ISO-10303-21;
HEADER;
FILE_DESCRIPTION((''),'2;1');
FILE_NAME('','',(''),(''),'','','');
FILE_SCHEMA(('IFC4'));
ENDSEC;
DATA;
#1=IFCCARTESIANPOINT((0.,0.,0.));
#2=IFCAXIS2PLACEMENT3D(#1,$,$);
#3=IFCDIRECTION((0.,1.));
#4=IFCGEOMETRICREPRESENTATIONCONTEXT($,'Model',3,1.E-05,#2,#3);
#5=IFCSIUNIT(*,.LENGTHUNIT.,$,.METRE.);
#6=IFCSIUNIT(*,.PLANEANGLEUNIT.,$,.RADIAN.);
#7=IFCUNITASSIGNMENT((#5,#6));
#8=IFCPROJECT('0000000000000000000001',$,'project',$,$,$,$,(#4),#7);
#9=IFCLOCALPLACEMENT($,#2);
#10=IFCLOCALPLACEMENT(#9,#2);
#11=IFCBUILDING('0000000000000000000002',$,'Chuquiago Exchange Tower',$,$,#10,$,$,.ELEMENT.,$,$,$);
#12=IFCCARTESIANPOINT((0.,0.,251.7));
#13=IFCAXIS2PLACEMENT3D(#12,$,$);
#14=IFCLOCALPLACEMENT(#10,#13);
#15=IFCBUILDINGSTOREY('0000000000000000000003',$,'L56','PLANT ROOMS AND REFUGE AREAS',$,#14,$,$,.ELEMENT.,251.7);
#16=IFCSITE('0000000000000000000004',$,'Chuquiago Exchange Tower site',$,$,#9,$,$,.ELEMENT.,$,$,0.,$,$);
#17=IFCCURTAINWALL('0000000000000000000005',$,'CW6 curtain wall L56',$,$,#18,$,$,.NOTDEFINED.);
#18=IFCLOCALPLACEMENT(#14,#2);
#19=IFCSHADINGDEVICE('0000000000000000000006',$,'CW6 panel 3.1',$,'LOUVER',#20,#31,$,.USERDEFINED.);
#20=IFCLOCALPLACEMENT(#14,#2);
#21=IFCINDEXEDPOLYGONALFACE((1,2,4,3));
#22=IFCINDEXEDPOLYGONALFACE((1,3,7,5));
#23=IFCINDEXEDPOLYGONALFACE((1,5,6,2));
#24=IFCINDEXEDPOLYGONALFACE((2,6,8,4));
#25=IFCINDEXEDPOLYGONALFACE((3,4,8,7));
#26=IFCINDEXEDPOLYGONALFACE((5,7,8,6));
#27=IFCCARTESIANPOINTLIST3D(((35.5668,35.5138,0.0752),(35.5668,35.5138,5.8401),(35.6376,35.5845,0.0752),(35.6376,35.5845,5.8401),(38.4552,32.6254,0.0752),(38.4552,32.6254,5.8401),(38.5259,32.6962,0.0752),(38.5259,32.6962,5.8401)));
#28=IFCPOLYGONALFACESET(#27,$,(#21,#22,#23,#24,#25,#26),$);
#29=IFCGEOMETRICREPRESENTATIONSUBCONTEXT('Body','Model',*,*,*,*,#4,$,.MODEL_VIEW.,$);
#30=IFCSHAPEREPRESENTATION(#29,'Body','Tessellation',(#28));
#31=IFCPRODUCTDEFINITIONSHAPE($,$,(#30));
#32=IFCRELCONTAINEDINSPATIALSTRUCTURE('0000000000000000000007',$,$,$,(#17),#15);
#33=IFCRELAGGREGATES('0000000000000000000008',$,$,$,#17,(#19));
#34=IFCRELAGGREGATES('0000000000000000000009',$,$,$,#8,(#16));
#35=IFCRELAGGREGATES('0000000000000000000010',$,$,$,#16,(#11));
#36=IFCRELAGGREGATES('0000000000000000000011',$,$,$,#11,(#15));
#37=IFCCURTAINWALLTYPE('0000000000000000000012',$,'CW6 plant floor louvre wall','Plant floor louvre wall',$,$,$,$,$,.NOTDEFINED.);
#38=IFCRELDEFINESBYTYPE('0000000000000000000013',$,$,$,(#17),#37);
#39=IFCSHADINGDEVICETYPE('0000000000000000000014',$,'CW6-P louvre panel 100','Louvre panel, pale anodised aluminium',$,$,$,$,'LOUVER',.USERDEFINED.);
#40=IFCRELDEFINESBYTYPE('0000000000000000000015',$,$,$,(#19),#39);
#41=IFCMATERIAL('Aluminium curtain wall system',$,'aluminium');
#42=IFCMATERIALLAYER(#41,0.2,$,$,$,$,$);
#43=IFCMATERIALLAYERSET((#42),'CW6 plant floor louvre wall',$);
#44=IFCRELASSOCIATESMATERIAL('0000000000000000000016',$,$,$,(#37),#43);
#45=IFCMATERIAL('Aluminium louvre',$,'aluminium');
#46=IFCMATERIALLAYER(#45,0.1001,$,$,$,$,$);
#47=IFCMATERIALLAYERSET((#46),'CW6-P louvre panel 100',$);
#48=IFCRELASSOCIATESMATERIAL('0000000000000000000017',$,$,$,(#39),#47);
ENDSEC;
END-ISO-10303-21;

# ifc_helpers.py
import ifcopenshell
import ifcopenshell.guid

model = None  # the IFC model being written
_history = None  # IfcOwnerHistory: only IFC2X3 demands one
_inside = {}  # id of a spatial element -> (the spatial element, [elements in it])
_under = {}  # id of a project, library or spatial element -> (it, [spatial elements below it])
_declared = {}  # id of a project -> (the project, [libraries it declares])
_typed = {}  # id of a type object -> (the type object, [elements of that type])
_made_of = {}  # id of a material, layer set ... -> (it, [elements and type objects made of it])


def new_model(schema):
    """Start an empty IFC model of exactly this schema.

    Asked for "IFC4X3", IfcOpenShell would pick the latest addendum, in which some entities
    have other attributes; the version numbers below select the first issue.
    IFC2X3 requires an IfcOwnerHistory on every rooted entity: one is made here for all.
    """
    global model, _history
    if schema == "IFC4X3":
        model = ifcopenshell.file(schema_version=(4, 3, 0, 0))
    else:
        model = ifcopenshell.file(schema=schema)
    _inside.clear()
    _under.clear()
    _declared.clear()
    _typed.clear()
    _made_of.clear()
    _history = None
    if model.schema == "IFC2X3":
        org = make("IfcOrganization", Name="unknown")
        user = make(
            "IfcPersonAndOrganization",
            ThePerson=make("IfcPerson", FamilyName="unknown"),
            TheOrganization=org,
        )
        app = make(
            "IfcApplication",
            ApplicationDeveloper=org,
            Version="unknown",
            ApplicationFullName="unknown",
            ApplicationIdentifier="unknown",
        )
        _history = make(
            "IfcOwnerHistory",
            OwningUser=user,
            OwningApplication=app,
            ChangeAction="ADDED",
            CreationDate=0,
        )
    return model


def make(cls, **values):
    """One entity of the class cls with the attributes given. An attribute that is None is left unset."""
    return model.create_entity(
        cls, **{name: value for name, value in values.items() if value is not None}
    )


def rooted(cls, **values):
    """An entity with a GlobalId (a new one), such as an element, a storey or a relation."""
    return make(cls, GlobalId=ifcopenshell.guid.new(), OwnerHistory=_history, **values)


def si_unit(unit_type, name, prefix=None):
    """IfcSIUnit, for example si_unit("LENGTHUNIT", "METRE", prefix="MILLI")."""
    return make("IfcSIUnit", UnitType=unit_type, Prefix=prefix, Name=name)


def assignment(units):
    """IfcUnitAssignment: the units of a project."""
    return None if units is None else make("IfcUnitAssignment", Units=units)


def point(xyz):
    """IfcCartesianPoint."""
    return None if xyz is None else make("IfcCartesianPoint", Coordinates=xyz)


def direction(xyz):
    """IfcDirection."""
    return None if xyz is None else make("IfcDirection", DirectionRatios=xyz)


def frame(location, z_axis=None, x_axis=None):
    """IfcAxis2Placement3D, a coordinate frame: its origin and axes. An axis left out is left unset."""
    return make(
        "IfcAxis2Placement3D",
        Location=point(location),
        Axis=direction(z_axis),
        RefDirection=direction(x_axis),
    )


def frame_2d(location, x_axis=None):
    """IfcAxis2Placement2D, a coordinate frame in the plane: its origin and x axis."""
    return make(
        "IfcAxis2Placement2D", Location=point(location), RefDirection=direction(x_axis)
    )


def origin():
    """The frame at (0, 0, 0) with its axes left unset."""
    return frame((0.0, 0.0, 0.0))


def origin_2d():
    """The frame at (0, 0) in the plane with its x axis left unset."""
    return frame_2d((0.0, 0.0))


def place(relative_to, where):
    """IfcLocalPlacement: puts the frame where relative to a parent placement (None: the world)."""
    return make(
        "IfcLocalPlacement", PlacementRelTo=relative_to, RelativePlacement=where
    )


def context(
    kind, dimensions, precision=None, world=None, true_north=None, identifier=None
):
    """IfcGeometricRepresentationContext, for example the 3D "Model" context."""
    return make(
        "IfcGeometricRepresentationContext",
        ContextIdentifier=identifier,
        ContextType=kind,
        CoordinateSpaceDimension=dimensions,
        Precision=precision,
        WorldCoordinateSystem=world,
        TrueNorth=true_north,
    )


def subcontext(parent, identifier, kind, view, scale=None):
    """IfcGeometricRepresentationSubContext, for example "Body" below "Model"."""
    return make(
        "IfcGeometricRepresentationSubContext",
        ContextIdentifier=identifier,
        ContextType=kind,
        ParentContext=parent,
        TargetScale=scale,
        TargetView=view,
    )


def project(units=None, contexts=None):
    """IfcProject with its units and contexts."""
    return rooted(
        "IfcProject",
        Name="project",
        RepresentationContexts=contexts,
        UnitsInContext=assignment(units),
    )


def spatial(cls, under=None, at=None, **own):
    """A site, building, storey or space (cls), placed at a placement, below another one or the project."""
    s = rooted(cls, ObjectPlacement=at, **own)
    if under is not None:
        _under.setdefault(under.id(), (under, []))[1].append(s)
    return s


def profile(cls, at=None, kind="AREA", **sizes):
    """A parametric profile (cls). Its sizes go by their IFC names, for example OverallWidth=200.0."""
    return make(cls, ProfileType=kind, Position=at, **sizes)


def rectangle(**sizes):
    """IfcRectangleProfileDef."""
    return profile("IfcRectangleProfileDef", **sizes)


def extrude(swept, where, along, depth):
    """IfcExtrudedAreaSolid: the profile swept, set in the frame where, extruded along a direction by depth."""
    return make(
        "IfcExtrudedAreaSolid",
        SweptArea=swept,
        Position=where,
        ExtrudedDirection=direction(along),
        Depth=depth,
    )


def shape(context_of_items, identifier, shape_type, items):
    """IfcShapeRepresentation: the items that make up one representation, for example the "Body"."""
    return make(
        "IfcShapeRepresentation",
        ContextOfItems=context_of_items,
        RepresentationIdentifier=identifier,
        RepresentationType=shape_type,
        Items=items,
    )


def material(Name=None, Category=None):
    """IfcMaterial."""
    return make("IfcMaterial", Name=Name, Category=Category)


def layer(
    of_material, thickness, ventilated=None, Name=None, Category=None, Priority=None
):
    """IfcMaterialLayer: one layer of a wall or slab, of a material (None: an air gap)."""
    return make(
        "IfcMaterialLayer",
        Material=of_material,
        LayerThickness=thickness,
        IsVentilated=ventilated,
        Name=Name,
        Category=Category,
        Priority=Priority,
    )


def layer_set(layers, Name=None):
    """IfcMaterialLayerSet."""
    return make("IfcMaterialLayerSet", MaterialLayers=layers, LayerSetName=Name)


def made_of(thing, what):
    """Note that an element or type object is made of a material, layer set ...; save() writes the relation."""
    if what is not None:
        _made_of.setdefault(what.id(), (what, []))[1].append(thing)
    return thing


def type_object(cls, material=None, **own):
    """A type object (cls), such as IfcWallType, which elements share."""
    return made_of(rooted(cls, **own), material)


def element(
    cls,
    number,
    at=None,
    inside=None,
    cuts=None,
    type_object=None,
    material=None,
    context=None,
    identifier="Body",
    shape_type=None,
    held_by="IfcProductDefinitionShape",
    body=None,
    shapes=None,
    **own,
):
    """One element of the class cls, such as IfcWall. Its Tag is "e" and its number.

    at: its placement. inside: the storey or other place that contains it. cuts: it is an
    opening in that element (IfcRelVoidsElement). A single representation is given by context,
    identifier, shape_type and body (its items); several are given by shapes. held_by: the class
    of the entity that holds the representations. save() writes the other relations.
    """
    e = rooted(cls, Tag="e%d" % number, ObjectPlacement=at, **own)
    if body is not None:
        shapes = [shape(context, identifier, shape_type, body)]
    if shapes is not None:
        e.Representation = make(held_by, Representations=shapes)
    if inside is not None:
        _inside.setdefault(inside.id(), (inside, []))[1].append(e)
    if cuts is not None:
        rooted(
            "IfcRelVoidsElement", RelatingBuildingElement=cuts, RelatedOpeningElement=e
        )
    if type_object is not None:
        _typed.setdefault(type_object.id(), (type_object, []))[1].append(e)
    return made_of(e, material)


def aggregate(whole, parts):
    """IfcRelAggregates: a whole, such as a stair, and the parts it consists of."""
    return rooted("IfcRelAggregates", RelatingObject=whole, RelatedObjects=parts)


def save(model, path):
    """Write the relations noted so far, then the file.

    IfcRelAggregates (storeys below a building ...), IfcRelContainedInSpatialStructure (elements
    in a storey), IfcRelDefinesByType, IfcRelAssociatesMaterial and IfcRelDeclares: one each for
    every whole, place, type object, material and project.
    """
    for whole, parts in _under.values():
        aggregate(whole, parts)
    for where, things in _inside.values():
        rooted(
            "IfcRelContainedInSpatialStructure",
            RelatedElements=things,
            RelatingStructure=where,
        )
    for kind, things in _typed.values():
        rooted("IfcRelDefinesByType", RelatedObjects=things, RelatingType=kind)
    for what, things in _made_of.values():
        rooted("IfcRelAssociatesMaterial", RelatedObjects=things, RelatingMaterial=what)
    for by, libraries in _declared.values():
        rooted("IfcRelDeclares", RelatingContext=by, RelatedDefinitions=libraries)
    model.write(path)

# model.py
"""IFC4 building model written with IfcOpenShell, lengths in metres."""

from ifc_helpers import new_model, si_unit, direction, frame, origin, origin_2d, place, context, subcontext, project, spatial, rectangle, extrude, material, layer, layer_set, type_object, element, aggregate, save


model = new_model("IFC4")

# Units and contexts
model_context = context("Model", 3, precision=1e-05, world=origin(), true_north=direction((0.0, 1.0)))
body_context = subcontext(model_context, "Body", "Model", "MODEL_VIEW")
ifc_project = project(units=[si_unit("LENGTHUNIT", "METRE"), si_unit("PLANEANGLEUNIT", "RADIAN")], contexts=[model_context])

# Site, building, storey
site_placement = place(None, origin())
site = spatial("IfcSite", under=ifc_project, at=site_placement, Name="Chuquiago Exchange Tower site", CompositionType="ELEMENT", RefElevation=0.0)
building_placement = place(site_placement, origin())
building = spatial("IfcBuilding", under=site, at=building_placement, Name="Chuquiago Exchange Tower", CompositionType="ELEMENT")
storey_placement = place(building_placement, frame((0.0, 0.0, 251.7)))
storey = spatial("IfcBuildingStorey", under=building, at=storey_placement, Name="L56", Description="PLANT ROOMS AND REFUGE AREAS", CompositionType="ELEMENT", Elevation=251.7)

# Curtain wall
ifc_material_1 = material(Name="Aluminium curtain wall system", Category="aluminium")
ifc_layer_1 = layer(ifc_material_1, 0.2)
ifc_layer_set_1 = layer_set([ifc_layer_1], Name="CW6 plant floor louvre wall")
curtain_wall_type = type_object("IfcCurtainWallType", Name="CW6 plant floor louvre wall", Description="Plant floor louvre wall", PredefinedType="NOTDEFINED", material=ifc_layer_set_1)
curtain_wall_placement = place(storey_placement, origin())
curtain_wall = element("IfcCurtainWall", 1, at=curtain_wall_placement, inside=storey, type_object=curtain_wall_type, Name="CW6 curtain wall L56", PredefinedType="NOTDEFINED")

# Shading device
ifc_material_2 = material(Name="Aluminium louvre", Category="aluminium")
ifc_layer_2 = layer(ifc_material_2, 0.1001)
ifc_layer_set_2 = layer_set([ifc_layer_2], Name="CW6-P louvre panel 100")
shading_device_type = type_object("IfcShadingDeviceType", Name="CW6-P louvre panel 100", Description="Louvre panel, pale anodised aluminium", ElementType="LOUVER", PredefinedType="USERDEFINED", material=ifc_layer_set_2)
shading_device_1_placement = place(storey_placement, frame((37.0464, 34.105, 0.0752), z_axis=(0.0, 0.0, 1.0), x_axis=(-0.707107, 0.707107, 0.0)))
shading_device_1 = element("IfcShadingDevice", 2, at=shading_device_1_placement, type_object=shading_device_type, Name="CW6 panel 3.1", ObjectType="LOUVER", PredefinedType="USERDEFINED", context=body_context, shape_type="SweptSolid", body=[
    extrude(rectangle(XDim=4.0847, YDim=0.1001, at=origin_2d()), origin(), (0.0, 0.0, 1.0), 5.7649),
])
aggregate(curtain_wall, [shading_device_1])

save(model, "model.ifc")
